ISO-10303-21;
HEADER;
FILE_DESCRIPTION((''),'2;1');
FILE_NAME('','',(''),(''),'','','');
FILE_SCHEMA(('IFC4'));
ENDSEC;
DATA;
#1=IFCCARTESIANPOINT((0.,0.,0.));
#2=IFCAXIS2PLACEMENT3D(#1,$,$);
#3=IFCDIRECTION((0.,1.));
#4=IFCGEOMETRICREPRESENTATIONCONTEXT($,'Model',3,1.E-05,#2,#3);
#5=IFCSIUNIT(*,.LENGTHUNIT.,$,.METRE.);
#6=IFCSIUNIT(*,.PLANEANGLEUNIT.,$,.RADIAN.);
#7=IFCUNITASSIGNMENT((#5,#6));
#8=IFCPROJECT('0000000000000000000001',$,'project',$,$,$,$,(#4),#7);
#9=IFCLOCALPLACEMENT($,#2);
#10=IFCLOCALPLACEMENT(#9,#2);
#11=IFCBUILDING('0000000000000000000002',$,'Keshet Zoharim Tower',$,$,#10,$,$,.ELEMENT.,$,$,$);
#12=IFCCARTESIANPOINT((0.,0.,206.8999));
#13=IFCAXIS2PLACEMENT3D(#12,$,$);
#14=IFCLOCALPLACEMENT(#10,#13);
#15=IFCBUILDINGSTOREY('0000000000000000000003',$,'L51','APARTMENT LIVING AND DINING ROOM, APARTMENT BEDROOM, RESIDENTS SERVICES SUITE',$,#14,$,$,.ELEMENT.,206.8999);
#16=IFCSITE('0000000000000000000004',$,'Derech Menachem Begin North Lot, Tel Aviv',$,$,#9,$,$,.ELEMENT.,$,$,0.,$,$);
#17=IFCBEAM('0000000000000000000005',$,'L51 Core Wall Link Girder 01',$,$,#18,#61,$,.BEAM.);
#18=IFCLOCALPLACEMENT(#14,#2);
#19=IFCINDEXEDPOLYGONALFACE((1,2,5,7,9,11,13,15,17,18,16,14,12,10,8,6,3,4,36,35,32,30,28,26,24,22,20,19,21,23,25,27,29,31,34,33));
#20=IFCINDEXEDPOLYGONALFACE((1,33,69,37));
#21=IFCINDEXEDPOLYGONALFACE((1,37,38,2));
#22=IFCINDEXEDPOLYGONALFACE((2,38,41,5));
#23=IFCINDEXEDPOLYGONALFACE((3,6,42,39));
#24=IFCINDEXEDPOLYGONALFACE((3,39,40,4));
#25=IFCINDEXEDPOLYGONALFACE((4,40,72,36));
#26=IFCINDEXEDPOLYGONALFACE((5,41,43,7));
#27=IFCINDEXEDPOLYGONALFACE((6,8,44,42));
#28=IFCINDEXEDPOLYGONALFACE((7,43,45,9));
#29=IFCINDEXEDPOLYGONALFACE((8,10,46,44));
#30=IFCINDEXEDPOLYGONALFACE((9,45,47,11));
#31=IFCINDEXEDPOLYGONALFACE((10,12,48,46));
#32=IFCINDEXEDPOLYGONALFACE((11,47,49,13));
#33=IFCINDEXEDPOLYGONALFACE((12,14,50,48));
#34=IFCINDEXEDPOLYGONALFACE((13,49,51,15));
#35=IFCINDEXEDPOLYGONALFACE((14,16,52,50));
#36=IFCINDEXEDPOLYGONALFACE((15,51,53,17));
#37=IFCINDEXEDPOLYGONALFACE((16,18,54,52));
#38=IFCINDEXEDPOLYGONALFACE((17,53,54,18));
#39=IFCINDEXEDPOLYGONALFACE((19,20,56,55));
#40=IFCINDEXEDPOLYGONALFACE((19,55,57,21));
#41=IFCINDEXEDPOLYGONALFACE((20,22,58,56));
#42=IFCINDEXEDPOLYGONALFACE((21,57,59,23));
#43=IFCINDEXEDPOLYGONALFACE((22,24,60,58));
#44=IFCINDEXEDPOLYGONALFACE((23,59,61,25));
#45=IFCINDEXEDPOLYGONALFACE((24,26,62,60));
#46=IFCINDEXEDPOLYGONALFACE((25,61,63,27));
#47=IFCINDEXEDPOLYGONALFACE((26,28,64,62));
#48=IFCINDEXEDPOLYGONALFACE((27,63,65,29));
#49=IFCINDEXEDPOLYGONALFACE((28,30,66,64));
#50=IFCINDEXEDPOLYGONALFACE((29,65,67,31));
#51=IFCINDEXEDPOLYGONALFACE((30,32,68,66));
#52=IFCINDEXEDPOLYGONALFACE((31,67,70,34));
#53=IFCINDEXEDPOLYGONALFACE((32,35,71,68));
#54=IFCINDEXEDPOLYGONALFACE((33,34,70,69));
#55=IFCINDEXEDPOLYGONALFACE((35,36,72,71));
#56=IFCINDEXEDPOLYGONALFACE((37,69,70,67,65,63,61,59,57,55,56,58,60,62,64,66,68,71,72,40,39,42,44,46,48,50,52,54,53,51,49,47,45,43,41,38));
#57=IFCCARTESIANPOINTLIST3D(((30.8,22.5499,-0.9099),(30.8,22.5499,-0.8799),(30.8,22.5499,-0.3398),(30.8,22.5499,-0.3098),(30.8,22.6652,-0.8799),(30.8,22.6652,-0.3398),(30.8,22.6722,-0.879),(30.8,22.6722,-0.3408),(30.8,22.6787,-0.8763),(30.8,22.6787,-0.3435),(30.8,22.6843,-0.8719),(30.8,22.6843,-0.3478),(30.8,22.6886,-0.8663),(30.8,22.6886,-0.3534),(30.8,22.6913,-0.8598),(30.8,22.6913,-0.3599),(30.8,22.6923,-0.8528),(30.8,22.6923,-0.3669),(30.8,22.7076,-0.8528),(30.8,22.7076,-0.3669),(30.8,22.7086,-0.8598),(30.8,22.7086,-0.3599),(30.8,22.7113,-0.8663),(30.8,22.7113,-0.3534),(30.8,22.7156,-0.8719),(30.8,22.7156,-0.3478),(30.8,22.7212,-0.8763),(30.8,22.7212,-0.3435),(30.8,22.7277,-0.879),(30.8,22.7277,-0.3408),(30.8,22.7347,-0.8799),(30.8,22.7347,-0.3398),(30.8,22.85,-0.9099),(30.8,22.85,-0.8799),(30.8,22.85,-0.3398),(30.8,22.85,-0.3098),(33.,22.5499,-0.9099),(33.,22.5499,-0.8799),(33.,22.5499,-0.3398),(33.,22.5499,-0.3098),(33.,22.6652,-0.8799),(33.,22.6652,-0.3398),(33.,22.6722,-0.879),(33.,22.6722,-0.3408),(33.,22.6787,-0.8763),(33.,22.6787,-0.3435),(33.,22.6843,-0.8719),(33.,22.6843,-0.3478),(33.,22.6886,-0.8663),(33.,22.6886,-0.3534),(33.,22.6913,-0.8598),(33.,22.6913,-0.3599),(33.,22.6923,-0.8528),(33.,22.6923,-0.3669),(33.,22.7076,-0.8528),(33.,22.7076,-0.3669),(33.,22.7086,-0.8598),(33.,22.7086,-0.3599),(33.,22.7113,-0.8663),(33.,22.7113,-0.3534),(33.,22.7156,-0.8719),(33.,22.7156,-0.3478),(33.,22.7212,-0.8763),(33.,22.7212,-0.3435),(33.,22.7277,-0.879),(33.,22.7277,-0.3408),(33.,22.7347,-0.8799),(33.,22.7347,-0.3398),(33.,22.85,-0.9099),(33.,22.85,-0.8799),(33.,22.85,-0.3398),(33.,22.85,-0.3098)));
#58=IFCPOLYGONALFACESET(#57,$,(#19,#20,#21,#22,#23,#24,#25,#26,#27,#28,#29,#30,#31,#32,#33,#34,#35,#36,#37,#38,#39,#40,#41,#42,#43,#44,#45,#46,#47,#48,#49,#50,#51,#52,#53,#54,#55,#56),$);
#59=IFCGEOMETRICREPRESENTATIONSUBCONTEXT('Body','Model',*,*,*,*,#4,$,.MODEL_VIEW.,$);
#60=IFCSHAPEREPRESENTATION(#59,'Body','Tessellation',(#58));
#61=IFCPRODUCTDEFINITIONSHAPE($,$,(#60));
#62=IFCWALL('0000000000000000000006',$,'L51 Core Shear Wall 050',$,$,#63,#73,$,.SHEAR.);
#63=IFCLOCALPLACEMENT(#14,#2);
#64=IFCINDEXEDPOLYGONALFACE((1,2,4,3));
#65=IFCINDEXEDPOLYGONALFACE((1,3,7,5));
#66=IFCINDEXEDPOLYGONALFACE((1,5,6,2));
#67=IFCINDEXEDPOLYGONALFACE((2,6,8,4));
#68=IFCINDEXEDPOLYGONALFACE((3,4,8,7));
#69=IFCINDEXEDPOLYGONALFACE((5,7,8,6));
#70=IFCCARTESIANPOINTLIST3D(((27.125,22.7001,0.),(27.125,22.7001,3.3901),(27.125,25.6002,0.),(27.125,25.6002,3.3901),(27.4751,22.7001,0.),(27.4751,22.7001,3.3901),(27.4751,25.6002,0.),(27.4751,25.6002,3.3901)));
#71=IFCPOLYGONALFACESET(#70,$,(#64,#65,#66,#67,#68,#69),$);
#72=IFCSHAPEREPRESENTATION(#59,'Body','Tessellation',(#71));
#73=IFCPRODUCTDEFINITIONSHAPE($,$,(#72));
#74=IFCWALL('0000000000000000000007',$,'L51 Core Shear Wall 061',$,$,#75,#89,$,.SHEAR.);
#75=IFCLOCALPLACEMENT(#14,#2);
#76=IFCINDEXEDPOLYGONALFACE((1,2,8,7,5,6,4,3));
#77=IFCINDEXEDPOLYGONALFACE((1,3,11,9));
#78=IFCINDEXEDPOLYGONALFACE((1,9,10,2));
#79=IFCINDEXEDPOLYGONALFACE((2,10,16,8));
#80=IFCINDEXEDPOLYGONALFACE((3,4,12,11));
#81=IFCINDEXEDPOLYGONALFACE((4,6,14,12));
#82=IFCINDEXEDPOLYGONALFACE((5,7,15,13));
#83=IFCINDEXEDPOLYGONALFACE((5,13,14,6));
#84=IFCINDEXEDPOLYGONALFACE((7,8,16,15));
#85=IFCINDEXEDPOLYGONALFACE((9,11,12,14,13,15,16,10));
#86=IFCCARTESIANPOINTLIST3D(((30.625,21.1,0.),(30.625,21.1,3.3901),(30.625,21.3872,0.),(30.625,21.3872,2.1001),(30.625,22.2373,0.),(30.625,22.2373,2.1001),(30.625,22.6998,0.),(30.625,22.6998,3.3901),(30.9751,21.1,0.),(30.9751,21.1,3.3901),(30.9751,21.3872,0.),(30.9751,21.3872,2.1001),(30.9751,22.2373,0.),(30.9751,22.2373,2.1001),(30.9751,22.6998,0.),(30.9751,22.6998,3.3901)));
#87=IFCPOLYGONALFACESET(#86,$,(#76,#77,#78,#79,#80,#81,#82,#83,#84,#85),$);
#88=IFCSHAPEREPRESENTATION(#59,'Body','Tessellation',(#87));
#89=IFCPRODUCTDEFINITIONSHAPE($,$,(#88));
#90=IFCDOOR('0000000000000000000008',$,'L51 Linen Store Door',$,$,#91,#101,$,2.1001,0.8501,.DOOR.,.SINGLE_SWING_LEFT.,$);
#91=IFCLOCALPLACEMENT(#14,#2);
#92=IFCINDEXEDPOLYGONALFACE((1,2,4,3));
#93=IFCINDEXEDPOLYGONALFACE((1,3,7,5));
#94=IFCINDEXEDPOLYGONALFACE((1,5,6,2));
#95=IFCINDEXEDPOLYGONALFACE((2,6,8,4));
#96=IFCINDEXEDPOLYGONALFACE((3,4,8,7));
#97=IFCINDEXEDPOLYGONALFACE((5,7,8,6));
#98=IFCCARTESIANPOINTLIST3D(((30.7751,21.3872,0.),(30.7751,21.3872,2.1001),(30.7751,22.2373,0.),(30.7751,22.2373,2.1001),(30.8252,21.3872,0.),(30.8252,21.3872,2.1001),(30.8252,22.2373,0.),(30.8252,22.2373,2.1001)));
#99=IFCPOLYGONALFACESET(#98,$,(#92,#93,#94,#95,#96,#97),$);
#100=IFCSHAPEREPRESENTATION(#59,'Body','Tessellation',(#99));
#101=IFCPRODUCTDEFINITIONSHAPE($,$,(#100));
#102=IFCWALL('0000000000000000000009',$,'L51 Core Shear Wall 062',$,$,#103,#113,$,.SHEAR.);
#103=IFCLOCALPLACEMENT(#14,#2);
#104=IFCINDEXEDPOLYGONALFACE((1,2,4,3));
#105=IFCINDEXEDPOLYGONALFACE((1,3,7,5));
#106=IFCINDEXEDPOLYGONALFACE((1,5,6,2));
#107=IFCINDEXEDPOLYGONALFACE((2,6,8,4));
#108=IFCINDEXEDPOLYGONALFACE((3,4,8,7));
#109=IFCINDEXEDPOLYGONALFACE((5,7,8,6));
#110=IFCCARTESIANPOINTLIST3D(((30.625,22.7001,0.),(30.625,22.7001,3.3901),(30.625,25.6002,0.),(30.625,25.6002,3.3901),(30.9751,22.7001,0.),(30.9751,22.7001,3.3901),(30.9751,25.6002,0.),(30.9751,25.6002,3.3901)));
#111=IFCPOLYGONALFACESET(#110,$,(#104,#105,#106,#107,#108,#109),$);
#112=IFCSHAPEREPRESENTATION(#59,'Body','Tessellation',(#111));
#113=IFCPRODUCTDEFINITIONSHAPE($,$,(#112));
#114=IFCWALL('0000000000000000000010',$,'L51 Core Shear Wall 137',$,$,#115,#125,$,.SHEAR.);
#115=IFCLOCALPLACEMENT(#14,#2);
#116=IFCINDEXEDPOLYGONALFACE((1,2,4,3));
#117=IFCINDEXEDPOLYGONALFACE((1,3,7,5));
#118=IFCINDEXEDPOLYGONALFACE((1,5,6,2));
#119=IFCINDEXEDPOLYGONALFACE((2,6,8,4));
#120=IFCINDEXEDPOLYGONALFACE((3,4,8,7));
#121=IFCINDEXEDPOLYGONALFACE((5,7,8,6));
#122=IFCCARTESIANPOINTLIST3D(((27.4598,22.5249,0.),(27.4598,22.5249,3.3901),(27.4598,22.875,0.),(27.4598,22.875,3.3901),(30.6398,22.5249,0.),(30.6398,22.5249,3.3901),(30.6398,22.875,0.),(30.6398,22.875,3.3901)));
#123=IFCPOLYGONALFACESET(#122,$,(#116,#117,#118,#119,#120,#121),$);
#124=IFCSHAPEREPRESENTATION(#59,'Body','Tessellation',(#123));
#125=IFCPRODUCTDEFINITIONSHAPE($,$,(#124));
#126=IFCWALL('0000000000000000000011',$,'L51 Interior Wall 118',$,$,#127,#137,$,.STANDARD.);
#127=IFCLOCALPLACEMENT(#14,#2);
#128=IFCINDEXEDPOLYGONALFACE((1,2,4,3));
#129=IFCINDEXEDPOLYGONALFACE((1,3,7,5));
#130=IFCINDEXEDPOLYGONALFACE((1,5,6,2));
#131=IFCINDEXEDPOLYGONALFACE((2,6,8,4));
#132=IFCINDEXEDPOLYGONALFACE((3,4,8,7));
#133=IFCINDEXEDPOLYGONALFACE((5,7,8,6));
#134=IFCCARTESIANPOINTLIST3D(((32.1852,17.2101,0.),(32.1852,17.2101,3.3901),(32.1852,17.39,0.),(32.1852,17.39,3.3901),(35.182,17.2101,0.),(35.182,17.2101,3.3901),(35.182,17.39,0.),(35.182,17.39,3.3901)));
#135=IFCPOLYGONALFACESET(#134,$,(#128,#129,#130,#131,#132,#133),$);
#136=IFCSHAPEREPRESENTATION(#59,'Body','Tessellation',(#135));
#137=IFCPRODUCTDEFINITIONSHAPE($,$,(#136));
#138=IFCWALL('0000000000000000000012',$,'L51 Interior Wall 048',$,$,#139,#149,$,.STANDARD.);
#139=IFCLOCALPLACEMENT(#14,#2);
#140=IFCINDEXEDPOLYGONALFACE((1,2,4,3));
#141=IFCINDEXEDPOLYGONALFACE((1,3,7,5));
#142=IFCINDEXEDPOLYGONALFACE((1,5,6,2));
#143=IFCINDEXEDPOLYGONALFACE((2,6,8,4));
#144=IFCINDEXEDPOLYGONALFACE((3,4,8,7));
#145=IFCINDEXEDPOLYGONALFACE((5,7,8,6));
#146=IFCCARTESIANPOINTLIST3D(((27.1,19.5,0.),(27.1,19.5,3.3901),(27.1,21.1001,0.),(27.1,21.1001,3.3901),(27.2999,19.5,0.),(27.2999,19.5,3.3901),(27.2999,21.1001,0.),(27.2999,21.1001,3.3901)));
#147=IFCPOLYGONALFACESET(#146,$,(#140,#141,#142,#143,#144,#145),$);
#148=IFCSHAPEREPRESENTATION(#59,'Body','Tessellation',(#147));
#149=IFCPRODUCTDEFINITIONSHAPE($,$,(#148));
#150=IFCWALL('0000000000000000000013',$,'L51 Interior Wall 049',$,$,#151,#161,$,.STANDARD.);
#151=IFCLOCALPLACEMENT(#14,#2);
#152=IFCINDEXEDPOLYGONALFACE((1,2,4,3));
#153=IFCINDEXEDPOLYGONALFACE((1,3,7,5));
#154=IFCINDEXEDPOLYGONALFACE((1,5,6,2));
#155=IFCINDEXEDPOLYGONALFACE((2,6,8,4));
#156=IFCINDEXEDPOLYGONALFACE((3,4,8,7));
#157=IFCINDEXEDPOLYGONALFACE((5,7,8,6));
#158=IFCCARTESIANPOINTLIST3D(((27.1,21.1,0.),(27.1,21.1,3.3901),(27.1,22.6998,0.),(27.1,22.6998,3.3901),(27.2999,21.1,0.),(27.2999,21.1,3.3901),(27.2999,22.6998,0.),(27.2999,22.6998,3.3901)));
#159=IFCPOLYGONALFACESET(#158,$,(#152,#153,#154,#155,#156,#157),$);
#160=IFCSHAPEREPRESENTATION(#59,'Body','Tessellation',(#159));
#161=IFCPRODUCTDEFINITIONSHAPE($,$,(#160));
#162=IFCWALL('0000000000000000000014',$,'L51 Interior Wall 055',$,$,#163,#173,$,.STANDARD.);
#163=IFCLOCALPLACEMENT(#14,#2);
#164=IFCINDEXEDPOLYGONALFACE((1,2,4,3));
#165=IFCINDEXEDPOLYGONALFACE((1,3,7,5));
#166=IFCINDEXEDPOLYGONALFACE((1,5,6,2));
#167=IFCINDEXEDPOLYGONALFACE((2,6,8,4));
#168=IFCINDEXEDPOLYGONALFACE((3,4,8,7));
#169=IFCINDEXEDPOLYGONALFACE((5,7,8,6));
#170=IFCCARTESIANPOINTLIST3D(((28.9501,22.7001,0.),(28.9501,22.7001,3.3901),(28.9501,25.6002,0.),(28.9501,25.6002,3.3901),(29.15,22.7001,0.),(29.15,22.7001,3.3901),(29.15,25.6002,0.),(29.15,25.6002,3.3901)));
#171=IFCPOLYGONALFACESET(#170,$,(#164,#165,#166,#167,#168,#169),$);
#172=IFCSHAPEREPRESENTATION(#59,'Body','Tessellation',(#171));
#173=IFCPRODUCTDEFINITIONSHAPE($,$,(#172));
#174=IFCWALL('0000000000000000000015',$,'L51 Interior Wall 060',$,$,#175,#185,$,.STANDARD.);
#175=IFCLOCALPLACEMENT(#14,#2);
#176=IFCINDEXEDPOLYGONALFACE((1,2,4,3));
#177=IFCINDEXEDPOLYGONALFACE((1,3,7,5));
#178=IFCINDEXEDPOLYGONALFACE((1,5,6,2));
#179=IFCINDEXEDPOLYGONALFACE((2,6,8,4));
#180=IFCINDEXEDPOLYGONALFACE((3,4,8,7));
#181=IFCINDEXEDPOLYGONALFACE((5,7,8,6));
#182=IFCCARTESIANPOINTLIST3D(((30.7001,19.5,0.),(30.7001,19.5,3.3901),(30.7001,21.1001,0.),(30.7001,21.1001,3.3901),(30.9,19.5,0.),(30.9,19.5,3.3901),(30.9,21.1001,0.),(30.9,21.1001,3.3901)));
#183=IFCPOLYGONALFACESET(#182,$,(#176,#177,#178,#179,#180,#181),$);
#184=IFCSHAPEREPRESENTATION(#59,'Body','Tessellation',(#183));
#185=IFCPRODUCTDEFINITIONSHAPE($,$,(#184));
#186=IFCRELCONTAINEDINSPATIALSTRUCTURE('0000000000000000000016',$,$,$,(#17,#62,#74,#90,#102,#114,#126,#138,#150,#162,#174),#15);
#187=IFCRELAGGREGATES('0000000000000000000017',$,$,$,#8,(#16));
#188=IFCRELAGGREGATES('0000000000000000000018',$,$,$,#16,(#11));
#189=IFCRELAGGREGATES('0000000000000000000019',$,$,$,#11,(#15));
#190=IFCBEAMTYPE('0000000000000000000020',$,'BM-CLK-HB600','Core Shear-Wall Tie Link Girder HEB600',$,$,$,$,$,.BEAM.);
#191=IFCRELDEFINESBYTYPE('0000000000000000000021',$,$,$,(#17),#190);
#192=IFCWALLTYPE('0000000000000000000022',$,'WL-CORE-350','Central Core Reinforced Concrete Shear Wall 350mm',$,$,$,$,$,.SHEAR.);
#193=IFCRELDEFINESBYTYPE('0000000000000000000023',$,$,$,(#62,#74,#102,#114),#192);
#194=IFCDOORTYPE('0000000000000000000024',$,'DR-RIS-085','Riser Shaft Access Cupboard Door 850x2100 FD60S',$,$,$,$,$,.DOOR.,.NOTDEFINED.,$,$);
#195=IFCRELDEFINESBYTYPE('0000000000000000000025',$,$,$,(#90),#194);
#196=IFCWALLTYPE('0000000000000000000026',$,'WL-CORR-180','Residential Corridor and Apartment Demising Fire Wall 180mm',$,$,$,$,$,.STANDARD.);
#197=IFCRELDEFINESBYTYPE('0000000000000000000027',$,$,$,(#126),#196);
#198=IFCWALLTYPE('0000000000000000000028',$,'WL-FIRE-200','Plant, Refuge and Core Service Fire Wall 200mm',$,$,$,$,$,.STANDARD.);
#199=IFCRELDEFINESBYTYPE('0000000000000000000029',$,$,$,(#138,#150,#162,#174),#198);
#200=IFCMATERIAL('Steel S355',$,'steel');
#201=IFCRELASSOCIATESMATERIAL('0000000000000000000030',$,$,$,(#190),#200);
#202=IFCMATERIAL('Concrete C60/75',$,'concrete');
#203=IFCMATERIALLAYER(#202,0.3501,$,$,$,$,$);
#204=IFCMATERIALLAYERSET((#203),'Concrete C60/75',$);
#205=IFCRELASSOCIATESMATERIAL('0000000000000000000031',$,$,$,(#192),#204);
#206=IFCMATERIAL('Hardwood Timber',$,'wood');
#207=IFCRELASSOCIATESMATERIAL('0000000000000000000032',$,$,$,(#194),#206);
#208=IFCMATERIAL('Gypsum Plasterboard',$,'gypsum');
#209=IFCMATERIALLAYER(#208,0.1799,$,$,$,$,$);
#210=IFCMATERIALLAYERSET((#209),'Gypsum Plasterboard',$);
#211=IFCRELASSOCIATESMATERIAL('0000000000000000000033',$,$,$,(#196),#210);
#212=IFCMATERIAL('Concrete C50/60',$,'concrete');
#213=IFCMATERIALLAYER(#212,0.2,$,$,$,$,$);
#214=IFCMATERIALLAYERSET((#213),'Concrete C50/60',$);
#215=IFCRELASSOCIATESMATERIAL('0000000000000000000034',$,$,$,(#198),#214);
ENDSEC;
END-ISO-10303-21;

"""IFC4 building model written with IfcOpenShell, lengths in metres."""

from ifc_helpers import new_model, si_unit, direction, frame, frame_2d, origin, origin_2d, place, context, subcontext, project, spatial, rectangle, i_section, extrude, material, layer, layer_set, material_profile, profile_set, type_object, element, fill, save


model = new_model("IFC4")

# Units and contexts
model_context = context("Model", 3, precision=1e-05, world=origin(), true_north=direction((0.0, 1.0)))
body_context = subcontext(model_context, "Body", "Model", "MODEL_VIEW")
ifc_project = project(units=[si_unit("LENGTHUNIT", "METRE"), si_unit("PLANEANGLEUNIT", "RADIAN")], contexts=[model_context])

# Site, building, storey
site_placement = place(None, origin())
site = spatial("IfcSite", under=ifc_project, at=site_placement, Name="Derech Menachem Begin North Lot, Tel Aviv", CompositionType="ELEMENT", RefElevation=0.0)
building_placement = place(site_placement, origin())
building = spatial("IfcBuilding", under=site, at=building_placement, Name="Keshet Zoharim Tower", CompositionType="ELEMENT")
storey_placement = place(building_placement, frame((0.0, 0.0, 206.8999)))
storey = spatial("IfcBuildingStorey", under=building, at=storey_placement, Name="L51", Description="APARTMENT LIVING AND DINING ROOM, APARTMENT BEDROOM, RESIDENTS SERVICES SUITE", CompositionType="ELEMENT", Elevation=206.8999)

# Beam
ifc_material_1 = material(Name="Steel S355", Category="steel")
ifc_material_profile = material_profile(ifc_material_1, i_section(OverallWidth=0.3, OverallDepth=0.6001, WebThickness=0.0154, FlangeThickness=0.03, FilletRadius=0.0271, at=origin_2d()), Name="HEB600")
ifc_profile_set = profile_set([ifc_material_profile], Name="Steel S355")
beam_type = type_object("IfcBeamType", Name="BM-CLK-HB600", Description="Core Shear-Wall Tie Link Girder HEB600", PredefinedType="BEAM", material=ifc_profile_set)
beam_placement = place(storey_placement, frame((30.8, 22.7, -0.6099), z_axis=(1.0, 0.0, 0.0), x_axis=(0.0, 1.0, 0.0)))
element("IfcBeam", 1, at=beam_placement, inside=storey, type_object=beam_type, Name="L51 Core Wall Link Girder 01", PredefinedType="BEAM", context=body_context, shape_type="SweptSolid", body=[
    extrude(i_section(OverallWidth=0.3, OverallDepth=0.6001, WebThickness=0.0154, FlangeThickness=0.03, FilletRadius=0.0271, at=origin_2d()), origin(), (0.0, 0.0, 1.0), 2.2),
])

# Wall
ifc_material_2 = material(Name="Concrete C60/75", Category="concrete")
ifc_layer_1 = layer(ifc_material_2, 0.3501)
ifc_layer_set_1 = layer_set([ifc_layer_1], Name="Concrete C60/75")
wall_type_1 = type_object("IfcWallType", Name="WL-CORE-350", Description="Central Core Reinforced Concrete Shear Wall 350mm", PredefinedType="SHEAR", material=ifc_layer_set_1)
wall_1_placement = place(storey_placement, frame((27.3, 22.7, 0.0), z_axis=(0.0, 0.0, 1.0), x_axis=(0.0, 1.0, 0.0)))
element("IfcWall", 2, at=wall_1_placement, inside=storey, type_object=wall_type_1, Name="L51 Core Shear Wall 050", PredefinedType="SHEAR", context=body_context, shape_type="SweptSolid", body=[
    extrude(rectangle(XDim=2.9001, YDim=0.3501, at=frame_2d((1.4502, 0.0))), origin(), (0.0, 0.0, 1.0), 3.3901),
])

# Wall, opening, door
wall_2_placement = place(storey_placement, frame((30.8, 21.1001, 0.0), z_axis=(0.0, 0.0, 1.0), x_axis=(0.0, 1.0, 0.0)))
wall_2 = element("IfcWall", 3, at=wall_2_placement, inside=storey, type_object=wall_type_1, Name="L51 Core Shear Wall 061", PredefinedType="SHEAR", context=body_context, shape_type="SweptSolid", body=[
    extrude(rectangle(XDim=1.5999, YDim=0.3501, at=frame_2d((0.7998, 0.0))), origin(), (0.0, 0.0, 1.0), 3.3901),
])
opening_1_placement = place(wall_2_placement, frame((0.2871, 0.0, 0.0)))
opening_1 = element("IfcOpeningElement", 4, at=opening_1_placement, cuts=wall_2, PredefinedType="OPENING", context=body_context, shape_type="SweptSolid", body=[
    extrude(rectangle(XDim=0.8501, YDim=2.1001, at=frame_2d((0.425, 1.05))), frame((0.0, 0.1851, 0.0), z_axis=(0.0, -1.0, 0.0), x_axis=(1.0, 0.0, 0.0)), (0.0, 0.0, 1.0), 0.3701),
])
ifc_material_3 = material(Name="Hardwood Timber", Category="wood")
door_type_1 = type_object("IfcDoorType", Name="DR-RIS-085", Description="Riser Shaft Access Cupboard Door 850x2100 FD60S", OperationType="NOTDEFINED", PredefinedType="DOOR", material=ifc_material_3)
door_1_placement = place(opening_1_placement, origin())
door_1 = element("IfcDoor", 5, at=door_1_placement, inside=storey, type_object=door_type_1, Name="L51 Linen Store Door", OperationType="SINGLE_SWING_LEFT", OverallHeight=2.1001, OverallWidth=0.8501, PredefinedType="DOOR", context=body_context, shape_type="SweptSolid", body=[
    extrude(rectangle(XDim=0.8501, YDim=2.1001, at=frame_2d((0.425, 1.05))), frame((0.0, 0.0249, 0.0), z_axis=(0.0, -1.0, 0.0), x_axis=(1.0, 0.0, 0.0)), (0.0, 0.0, 1.0), 0.05),
])
fill(opening_1, door_1)

# Walls
wall_3_placement = place(storey_placement, frame((30.8, 22.7, 0.0), z_axis=(0.0, 0.0, 1.0), x_axis=(0.0, 1.0, 0.0)))
element("IfcWall", 6, at=wall_3_placement, inside=storey, type_object=wall_type_1, Name="L51 Core Shear Wall 062", PredefinedType="SHEAR", context=body_context, shape_type="SweptSolid", body=[
    extrude(rectangle(XDim=2.9001, YDim=0.3501, at=frame_2d((1.4502, 0.0))), origin(), (0.0, 0.0, 1.0), 3.3901),
])
wall_4_placement = place(storey_placement, frame((27.46, 22.7, 0.0), z_axis=(0.0, 0.0, 1.0), x_axis=(1.0, 0.0, 0.0)))
element("IfcWall", 7, at=wall_4_placement, inside=storey, type_object=wall_type_1, Name="L51 Core Shear Wall 137", PredefinedType="SHEAR", context=body_context, shape_type="SweptSolid", body=[
    extrude(rectangle(XDim=3.1799, YDim=0.3501, at=frame_2d((1.5898, 0.0))), origin(), (0.0, 0.0, 1.0), 3.3901),
])

# Shared definitions
ifc_material_4 = material(Name="Gypsum Plasterboard", Category="gypsum")
ifc_layer_2 = layer(ifc_material_4, 0.1799)
ifc_layer_set_2 = layer_set([ifc_layer_2], Name="Gypsum Plasterboard")
wall_type_2 = type_object("IfcWallType", Name="WL-CORR-180", Description="Residential Corridor and Apartment Demising Fire Wall 180mm", PredefinedType="STANDARD", material=ifc_layer_set_2)

# Walls
wall_5_placement = place(storey_placement, frame((32.1851, 17.3, 0.0), z_axis=(0.0, 0.0, 1.0), x_axis=(1.0, 0.0, 0.0)))
element("IfcWall", 8, at=wall_5_placement, inside=storey, type_object=wall_type_2, Name="L51 Interior Wall 118", PredefinedType="STANDARD", context=body_context, shape_type="SweptSolid", body=[
    extrude(rectangle(XDim=2.9968, YDim=0.1799, at=frame_2d((1.4985, 0.0))), origin(), (0.0, 0.0, 1.0), 3.3901),
])
ifc_material_5 = material(Name="Concrete C50/60", Category="concrete")
ifc_layer_3 = layer(ifc_material_5, 0.2)
ifc_layer_set_3 = layer_set([ifc_layer_3], Name="Concrete C50/60")
wall_type_3 = type_object("IfcWallType", Name="WL-FIRE-200", Description="Plant, Refuge and Core Service Fire Wall 200mm", PredefinedType="STANDARD", material=ifc_layer_set_3)
wall_6_placement = place(storey_placement, frame((27.2, 19.5, 0.0), z_axis=(0.0, 0.0, 1.0), x_axis=(0.0, 1.0, 0.0)))
element("IfcWall", 9, at=wall_6_placement, inside=storey, type_object=wall_type_3, Name="L51 Interior Wall 048", PredefinedType="STANDARD", context=body_context, shape_type="SweptSolid", body=[
    extrude(rectangle(XDim=1.6001, YDim=0.2, at=frame_2d((0.8, 0.0))), origin(), (0.0, 0.0, 1.0), 3.3901),
])
wall_7_placement = place(storey_placement, frame((27.2, 21.1001, 0.0), z_axis=(0.0, 0.0, 1.0), x_axis=(0.0, 1.0, 0.0)))
element("IfcWall", 10, at=wall_7_placement, inside=storey, type_object=wall_type_3, Name="L51 Interior Wall 049", PredefinedType="STANDARD", context=body_context, shape_type="SweptSolid", body=[
    extrude(rectangle(XDim=1.5999, YDim=0.2, at=frame_2d((0.7998, 0.0))), origin(), (0.0, 0.0, 1.0), 3.3901),
])
wall_8_placement = place(storey_placement, frame((29.05, 22.7, 0.0), z_axis=(0.0, 0.0, 1.0), x_axis=(0.0, 1.0, 0.0)))
element("IfcWall", 11, at=wall_8_placement, inside=storey, type_object=wall_type_3, Name="L51 Interior Wall 055", PredefinedType="STANDARD", context=body_context, shape_type="SweptSolid", body=[
    extrude(rectangle(XDim=2.9001, YDim=0.2, at=frame_2d((1.4502, 0.0))), origin(), (0.0, 0.0, 1.0), 3.3901),
])
wall_9_placement = place(storey_placement, frame((30.8, 19.5, 0.0), z_axis=(0.0, 0.0, 1.0), x_axis=(0.0, 1.0, 0.0)))
element("IfcWall", 12, at=wall_9_placement, inside=storey, type_object=wall_type_3, Name="L51 Interior Wall 060", PredefinedType="STANDARD", context=body_context, shape_type="SweptSolid", body=[
    extrude(rectangle(XDim=1.6001, YDim=0.2, at=frame_2d((0.8, 0.0))), origin(), (0.0, 0.0, 1.0), 3.3901),
])

save(model, "model.ifc")
